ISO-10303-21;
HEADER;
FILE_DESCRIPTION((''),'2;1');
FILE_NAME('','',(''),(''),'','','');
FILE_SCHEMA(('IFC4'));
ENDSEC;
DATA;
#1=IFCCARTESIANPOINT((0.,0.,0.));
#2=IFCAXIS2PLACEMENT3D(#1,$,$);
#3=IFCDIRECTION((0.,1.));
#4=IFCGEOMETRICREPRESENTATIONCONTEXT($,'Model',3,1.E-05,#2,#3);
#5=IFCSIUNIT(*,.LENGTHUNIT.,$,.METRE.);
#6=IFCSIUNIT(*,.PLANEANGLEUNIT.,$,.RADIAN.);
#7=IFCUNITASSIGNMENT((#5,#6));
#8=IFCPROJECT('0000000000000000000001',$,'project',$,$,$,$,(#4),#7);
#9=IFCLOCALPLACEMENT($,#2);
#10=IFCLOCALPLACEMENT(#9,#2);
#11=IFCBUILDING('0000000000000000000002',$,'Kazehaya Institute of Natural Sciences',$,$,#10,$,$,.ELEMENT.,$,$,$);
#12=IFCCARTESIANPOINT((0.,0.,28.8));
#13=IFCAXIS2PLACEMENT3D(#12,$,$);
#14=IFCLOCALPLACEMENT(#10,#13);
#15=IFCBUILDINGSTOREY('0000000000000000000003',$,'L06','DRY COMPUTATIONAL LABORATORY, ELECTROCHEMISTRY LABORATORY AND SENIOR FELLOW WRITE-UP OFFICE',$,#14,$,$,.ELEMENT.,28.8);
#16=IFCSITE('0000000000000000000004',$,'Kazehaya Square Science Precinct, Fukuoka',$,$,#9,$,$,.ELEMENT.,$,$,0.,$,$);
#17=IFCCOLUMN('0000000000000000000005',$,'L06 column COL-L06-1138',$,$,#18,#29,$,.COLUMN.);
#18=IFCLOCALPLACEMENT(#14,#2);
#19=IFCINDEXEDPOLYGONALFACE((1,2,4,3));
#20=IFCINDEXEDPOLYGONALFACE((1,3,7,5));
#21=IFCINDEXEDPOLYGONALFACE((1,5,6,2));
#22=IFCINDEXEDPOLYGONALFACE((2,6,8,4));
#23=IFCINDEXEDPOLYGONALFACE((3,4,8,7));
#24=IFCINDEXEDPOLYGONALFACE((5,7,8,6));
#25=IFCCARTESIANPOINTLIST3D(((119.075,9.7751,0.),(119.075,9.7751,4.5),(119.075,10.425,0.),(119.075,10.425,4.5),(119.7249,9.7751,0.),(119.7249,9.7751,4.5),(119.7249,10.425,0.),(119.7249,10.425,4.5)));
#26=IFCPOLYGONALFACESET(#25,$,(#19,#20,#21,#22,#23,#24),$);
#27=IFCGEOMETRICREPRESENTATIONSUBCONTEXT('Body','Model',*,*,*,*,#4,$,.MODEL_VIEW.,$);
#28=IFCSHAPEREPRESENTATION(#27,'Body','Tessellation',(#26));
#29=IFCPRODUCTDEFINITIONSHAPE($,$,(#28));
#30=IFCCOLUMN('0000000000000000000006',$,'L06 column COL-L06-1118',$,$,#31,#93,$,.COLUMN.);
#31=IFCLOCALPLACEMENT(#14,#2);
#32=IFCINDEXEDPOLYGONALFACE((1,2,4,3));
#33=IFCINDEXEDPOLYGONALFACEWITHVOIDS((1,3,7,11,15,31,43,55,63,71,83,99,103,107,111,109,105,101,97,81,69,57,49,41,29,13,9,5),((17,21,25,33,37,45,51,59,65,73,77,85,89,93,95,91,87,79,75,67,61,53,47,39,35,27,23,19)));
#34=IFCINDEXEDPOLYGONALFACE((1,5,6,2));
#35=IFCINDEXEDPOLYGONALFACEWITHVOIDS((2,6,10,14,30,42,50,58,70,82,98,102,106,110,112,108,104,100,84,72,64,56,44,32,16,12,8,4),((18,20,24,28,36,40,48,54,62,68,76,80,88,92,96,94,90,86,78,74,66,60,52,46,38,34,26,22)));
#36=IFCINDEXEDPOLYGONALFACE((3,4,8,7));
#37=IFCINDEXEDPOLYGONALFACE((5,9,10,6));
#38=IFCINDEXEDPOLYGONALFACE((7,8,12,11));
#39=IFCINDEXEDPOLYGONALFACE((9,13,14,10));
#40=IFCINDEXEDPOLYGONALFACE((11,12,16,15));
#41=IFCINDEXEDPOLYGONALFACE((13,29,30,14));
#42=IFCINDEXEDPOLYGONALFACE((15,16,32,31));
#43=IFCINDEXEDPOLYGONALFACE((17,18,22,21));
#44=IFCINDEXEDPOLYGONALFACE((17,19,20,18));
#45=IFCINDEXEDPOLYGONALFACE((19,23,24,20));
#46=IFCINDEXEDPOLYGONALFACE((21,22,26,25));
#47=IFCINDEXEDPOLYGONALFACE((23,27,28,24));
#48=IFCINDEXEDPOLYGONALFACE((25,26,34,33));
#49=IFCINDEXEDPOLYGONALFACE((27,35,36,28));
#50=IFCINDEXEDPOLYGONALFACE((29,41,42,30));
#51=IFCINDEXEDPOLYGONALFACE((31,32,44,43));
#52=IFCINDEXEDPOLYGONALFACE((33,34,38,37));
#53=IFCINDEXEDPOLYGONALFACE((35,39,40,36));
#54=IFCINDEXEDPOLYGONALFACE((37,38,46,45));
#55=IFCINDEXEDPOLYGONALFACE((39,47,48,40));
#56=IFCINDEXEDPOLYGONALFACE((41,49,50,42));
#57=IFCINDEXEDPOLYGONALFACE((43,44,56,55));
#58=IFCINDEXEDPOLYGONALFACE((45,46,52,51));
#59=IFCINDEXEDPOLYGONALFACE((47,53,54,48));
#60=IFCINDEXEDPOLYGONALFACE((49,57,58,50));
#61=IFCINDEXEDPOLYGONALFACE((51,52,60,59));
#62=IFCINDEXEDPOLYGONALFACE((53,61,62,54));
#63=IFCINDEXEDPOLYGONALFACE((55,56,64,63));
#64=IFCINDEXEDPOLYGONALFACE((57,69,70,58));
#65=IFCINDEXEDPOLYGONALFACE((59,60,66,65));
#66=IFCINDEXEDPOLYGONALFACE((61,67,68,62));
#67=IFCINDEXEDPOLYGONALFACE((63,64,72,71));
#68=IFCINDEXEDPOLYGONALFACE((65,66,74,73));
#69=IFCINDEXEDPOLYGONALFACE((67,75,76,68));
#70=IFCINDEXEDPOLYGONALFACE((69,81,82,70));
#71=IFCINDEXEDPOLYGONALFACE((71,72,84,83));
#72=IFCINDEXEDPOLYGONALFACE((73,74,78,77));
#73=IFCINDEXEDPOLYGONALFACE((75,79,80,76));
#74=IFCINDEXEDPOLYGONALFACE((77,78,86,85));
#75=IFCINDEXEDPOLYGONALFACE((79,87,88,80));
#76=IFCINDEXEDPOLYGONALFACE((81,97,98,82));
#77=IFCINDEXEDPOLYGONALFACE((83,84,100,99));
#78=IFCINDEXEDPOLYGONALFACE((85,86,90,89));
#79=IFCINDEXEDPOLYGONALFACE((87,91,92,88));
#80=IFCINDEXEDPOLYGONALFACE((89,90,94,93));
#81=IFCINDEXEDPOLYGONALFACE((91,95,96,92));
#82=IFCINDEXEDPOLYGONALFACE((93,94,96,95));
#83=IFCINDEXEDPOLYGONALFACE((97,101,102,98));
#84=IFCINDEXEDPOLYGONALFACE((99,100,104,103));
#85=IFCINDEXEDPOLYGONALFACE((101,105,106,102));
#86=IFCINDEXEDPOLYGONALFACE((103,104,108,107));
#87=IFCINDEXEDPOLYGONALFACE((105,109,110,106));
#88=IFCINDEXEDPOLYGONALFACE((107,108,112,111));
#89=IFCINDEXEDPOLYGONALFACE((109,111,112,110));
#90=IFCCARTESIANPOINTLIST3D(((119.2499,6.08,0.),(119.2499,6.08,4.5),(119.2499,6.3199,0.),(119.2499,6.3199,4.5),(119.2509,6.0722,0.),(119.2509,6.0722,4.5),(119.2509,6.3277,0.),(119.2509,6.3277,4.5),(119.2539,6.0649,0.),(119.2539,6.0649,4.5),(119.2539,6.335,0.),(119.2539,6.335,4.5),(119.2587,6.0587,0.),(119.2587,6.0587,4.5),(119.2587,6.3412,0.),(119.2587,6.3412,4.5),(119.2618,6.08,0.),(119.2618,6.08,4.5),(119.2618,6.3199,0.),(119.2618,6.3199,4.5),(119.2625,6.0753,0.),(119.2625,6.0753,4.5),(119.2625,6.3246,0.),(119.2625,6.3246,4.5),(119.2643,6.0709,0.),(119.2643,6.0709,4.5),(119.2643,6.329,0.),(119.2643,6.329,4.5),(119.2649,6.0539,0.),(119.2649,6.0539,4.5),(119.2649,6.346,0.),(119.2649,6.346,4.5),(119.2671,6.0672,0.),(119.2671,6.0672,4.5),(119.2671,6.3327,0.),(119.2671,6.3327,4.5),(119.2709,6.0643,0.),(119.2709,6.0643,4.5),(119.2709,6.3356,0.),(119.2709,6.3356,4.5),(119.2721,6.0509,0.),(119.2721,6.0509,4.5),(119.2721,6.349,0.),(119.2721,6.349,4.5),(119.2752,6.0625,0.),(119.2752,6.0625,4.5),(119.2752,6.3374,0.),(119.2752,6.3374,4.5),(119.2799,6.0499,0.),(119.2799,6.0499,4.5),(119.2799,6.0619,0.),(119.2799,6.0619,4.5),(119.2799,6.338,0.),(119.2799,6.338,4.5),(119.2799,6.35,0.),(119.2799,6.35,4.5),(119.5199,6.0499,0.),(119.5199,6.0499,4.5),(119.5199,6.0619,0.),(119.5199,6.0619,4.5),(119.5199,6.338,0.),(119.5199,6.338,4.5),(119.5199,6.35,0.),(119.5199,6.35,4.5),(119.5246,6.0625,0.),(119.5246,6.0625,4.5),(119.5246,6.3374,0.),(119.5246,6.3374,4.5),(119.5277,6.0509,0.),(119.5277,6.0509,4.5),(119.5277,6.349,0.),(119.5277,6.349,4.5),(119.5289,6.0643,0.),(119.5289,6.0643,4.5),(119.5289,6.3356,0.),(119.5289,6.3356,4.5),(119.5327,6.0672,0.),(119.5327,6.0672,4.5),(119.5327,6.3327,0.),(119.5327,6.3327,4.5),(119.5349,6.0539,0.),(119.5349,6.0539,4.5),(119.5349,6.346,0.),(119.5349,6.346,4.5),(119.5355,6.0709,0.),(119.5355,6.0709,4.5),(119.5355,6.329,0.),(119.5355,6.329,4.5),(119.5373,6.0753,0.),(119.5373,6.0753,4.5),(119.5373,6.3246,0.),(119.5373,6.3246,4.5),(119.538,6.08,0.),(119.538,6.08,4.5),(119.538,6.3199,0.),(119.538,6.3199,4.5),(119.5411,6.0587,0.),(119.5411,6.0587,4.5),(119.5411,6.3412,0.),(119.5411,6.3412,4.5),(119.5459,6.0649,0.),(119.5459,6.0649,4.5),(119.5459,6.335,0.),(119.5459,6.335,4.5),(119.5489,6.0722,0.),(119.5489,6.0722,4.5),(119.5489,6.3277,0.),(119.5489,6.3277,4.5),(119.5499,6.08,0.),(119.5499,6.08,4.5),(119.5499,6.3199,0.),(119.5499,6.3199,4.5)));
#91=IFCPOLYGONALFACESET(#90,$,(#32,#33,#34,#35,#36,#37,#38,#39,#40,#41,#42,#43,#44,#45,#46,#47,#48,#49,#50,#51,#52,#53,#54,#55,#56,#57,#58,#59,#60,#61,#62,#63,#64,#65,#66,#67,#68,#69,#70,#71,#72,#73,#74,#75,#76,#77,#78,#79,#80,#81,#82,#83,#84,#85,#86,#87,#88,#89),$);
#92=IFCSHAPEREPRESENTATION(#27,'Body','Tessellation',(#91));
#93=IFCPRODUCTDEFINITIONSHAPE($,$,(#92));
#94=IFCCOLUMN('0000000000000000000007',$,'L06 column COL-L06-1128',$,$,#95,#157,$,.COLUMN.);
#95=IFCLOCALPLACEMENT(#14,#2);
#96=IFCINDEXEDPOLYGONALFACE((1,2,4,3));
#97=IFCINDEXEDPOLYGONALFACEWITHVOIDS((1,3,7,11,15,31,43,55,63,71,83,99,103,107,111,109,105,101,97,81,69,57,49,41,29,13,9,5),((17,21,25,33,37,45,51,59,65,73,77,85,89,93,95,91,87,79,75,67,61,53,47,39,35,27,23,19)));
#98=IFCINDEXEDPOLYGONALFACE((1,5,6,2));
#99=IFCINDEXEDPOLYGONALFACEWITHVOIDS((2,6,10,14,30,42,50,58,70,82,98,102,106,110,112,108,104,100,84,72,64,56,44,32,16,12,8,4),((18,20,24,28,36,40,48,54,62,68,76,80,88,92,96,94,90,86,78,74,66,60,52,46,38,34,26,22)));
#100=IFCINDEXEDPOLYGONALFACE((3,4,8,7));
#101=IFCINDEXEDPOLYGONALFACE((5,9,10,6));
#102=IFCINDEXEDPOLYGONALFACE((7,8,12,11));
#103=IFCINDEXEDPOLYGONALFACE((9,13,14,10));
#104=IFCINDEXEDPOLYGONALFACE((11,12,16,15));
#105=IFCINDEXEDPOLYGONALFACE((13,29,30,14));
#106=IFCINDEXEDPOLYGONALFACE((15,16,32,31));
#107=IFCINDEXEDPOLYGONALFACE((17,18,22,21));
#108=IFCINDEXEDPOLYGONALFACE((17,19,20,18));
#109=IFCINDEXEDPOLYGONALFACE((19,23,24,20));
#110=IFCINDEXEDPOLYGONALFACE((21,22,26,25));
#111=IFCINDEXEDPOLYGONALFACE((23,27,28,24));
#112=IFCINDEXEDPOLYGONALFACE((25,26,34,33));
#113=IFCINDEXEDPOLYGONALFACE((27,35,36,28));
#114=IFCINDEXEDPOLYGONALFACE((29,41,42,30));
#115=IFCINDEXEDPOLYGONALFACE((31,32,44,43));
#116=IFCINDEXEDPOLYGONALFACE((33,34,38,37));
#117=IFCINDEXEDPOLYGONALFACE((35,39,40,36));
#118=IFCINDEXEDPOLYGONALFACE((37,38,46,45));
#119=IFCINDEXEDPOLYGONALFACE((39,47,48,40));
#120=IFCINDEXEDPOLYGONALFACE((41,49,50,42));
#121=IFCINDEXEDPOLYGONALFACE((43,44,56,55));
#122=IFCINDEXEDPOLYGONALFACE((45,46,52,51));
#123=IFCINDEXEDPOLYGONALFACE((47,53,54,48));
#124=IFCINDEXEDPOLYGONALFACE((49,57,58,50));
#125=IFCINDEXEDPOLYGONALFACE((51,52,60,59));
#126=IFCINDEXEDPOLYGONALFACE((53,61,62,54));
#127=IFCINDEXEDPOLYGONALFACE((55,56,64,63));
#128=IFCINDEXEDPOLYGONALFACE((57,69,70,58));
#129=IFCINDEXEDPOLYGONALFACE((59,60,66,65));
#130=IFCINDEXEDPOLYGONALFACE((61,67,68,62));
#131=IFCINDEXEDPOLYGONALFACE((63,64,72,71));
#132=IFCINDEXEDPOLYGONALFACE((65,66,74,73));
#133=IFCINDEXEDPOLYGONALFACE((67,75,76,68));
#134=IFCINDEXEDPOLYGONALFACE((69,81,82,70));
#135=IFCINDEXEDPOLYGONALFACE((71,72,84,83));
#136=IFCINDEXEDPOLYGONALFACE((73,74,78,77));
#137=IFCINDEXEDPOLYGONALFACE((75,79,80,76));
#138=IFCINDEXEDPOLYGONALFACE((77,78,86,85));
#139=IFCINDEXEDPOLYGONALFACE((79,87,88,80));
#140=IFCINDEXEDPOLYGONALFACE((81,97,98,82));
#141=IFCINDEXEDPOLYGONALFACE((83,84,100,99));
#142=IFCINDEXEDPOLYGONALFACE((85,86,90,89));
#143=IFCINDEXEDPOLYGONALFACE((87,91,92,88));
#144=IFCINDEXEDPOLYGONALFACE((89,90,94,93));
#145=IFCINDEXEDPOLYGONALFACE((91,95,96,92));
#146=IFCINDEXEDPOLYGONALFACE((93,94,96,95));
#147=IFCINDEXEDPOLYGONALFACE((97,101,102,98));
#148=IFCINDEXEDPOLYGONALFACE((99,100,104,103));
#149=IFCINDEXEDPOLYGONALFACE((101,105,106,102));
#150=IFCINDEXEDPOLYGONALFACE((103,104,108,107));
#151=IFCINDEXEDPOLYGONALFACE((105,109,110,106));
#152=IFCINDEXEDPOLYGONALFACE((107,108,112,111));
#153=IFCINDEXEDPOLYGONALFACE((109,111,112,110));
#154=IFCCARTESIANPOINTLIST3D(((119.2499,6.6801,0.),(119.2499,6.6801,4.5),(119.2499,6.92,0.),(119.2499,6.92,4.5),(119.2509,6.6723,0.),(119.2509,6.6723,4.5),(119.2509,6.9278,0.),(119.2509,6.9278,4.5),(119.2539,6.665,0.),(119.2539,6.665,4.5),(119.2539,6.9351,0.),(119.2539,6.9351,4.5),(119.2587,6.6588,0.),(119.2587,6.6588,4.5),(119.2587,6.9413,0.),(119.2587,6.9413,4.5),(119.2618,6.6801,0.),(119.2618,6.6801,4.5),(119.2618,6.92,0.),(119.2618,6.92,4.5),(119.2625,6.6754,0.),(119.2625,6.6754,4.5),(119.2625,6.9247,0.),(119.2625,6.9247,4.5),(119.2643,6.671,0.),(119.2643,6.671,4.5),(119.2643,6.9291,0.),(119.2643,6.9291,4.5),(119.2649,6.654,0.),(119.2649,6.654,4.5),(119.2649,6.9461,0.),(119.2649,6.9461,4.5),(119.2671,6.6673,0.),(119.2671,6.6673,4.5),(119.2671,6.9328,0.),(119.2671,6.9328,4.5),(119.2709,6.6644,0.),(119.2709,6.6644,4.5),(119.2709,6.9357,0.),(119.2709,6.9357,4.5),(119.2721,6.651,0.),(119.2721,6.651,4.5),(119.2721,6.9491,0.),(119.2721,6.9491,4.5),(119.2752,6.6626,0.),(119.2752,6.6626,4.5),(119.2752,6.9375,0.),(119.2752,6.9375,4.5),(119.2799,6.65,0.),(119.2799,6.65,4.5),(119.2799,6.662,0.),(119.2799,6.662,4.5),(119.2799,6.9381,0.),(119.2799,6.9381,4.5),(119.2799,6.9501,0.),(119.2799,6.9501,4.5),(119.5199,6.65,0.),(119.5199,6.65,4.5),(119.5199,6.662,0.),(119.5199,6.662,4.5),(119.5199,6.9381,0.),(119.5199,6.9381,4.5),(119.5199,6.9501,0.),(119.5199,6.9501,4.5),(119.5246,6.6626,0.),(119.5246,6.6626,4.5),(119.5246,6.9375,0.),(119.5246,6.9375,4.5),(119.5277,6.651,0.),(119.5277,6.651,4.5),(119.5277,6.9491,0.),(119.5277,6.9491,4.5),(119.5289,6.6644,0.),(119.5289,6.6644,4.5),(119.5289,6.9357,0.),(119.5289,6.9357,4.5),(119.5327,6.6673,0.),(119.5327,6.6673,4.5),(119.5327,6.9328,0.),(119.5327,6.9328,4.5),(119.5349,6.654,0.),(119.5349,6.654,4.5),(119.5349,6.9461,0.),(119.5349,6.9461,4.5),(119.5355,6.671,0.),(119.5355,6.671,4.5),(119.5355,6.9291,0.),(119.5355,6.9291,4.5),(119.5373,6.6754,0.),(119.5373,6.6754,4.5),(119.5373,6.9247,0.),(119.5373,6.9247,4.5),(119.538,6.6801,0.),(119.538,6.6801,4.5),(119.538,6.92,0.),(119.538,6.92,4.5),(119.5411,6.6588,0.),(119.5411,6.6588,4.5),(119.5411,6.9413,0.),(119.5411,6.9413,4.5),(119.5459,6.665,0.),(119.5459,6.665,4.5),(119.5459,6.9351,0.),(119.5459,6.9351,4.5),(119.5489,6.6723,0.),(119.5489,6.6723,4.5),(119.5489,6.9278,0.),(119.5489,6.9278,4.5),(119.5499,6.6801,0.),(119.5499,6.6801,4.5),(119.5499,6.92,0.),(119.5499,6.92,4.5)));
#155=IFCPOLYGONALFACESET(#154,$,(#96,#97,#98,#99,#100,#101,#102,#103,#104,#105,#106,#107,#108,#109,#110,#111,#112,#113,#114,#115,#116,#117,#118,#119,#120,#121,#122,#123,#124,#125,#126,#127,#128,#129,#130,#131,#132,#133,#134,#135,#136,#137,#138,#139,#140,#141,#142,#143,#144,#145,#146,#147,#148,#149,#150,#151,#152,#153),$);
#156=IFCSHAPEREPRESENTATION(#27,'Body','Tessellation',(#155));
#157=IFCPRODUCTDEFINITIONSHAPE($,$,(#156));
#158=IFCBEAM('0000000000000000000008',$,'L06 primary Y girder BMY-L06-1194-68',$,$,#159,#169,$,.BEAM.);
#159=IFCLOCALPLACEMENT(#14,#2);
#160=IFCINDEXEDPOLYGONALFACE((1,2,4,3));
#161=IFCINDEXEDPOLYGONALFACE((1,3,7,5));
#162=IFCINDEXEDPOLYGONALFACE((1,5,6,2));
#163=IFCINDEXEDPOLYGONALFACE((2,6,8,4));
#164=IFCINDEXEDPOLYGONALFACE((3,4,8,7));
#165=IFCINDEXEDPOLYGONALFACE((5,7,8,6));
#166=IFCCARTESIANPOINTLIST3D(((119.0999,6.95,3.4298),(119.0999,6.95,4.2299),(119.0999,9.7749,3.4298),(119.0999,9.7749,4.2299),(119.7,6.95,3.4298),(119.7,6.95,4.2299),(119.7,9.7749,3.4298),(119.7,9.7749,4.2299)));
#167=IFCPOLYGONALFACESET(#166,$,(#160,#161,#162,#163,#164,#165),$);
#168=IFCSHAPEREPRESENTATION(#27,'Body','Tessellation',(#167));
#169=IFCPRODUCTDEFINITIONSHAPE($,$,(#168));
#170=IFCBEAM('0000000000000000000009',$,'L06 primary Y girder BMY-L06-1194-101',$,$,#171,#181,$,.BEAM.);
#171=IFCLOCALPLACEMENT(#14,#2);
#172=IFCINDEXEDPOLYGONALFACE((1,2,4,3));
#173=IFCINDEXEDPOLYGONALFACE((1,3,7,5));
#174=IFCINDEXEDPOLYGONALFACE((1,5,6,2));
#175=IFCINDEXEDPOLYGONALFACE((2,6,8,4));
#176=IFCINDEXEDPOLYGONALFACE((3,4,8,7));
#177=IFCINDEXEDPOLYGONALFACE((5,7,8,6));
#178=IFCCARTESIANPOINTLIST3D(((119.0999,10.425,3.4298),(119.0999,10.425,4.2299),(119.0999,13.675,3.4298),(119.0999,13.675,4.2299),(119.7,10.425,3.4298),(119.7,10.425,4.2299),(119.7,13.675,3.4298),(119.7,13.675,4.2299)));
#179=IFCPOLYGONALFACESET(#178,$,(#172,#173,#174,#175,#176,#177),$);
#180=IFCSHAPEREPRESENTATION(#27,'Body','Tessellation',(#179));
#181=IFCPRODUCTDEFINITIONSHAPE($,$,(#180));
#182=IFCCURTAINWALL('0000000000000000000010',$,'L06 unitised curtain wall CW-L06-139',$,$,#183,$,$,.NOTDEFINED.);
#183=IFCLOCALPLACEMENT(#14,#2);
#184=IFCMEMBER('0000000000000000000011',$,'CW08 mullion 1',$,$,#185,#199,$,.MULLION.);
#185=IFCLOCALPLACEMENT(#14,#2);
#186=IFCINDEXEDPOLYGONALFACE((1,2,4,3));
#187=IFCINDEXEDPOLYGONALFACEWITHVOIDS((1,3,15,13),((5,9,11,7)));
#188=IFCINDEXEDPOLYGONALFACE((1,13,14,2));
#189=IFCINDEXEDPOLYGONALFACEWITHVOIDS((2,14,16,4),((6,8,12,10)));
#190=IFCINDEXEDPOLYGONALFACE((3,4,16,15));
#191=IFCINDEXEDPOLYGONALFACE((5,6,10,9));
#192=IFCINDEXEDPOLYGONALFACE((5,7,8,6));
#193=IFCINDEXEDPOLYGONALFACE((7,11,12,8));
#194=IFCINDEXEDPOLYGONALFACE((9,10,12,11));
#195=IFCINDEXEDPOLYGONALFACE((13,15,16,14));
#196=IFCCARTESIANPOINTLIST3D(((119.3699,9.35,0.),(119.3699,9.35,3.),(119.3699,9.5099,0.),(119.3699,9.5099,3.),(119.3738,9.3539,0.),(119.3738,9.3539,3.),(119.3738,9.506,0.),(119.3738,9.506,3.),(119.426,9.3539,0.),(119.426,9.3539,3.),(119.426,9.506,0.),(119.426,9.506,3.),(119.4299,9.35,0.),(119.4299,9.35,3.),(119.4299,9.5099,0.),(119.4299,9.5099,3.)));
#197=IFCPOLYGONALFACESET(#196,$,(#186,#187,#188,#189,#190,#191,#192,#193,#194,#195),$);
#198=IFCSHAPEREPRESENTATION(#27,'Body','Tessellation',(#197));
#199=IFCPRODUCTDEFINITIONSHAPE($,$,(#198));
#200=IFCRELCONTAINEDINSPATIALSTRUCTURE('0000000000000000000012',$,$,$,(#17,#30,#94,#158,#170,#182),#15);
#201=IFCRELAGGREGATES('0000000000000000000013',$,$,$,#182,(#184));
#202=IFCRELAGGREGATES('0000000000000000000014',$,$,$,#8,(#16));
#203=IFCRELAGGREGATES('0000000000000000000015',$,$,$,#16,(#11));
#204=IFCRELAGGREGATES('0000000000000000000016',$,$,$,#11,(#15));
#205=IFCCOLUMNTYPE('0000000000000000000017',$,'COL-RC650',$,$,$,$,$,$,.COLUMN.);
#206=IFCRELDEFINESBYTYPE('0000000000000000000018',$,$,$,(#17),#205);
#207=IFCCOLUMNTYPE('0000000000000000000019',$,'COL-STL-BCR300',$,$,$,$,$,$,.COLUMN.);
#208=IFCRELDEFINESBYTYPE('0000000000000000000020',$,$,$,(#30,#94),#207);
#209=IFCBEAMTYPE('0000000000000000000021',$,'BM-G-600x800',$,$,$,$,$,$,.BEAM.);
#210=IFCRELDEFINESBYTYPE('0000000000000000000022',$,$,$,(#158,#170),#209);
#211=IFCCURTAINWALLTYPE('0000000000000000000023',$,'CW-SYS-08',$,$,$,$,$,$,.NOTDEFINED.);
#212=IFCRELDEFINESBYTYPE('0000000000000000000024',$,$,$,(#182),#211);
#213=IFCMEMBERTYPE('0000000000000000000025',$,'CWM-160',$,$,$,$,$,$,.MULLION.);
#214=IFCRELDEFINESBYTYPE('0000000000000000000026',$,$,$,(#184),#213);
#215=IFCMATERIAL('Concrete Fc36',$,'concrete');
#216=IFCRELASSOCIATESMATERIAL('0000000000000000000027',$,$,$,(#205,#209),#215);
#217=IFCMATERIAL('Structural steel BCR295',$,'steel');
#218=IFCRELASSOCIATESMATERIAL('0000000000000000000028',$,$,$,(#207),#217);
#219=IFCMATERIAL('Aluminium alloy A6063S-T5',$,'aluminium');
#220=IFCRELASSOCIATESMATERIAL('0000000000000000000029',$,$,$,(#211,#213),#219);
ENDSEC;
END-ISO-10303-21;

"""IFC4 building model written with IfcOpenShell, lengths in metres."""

from ifc_helpers import new_model, si_unit, direction, frame, origin, origin_2d, place, context, subcontext, project, spatial, rectangle, hollow_rectangle, extrude, material, material_profile, profile_set, type_object, element, aggregate, save


model = new_model("IFC4")

# Units and contexts
model_context = context("Model", 3, precision=1e-05, world=origin(), true_north=direction((0.0, 1.0)))
body_context = subcontext(model_context, "Body", "Model", "MODEL_VIEW")
ifc_project = project(units=[si_unit("LENGTHUNIT", "METRE"), si_unit("PLANEANGLEUNIT", "RADIAN")], contexts=[model_context])

# Site, building, storey
site_placement = place(None, origin())
site = spatial("IfcSite", under=ifc_project, at=site_placement, Name="Kazehaya Square Science Precinct, Fukuoka", CompositionType="ELEMENT", RefElevation=0.0)
building_placement = place(site_placement, origin())
building = spatial("IfcBuilding", under=site, at=building_placement, Name="Kazehaya Institute of Natural Sciences", CompositionType="ELEMENT")
storey_placement = place(building_placement, frame((0.0, 0.0, 28.8)))
storey = spatial("IfcBuildingStorey", under=building, at=storey_placement, Name="L06", Description="DRY COMPUTATIONAL LABORATORY, ELECTROCHEMISTRY LABORATORY AND SENIOR FELLOW WRITE-UP OFFICE", CompositionType="ELEMENT", Elevation=28.8)

# Columns
ifc_material_1 = material(Name="Concrete Fc36", Category="concrete")
ifc_material_profile_1 = material_profile(ifc_material_1, rectangle(XDim=0.6499, YDim=0.6499, at=origin_2d()), Name="RC-650x650")
ifc_profile_set_1 = profile_set([ifc_material_profile_1], Name="Concrete Fc36")
column_type_1 = type_object("IfcColumnType", Name="COL-RC650", PredefinedType="COLUMN", material=ifc_profile_set_1)
column_placement = place(storey_placement, frame((119.3999, 10.1001, 0.0), z_axis=(0.0, 0.0, 1.0), x_axis=(1.0, 0.0, 0.0)))
element("IfcColumn", 1, at=column_placement, inside=storey, type_object=column_type_1, Name="L06 column COL-L06-1138", PredefinedType="COLUMN", context=body_context, shape_type="SweptSolid", body=[
    extrude(rectangle(XDim=0.6499, YDim=0.6499, at=origin_2d()), origin(), (0.0, 0.0, 1.0), 4.5),
])
ifc_material_2 = material(Name="Structural steel BCR295", Category="steel")
ifc_material_profile_2 = material_profile(ifc_material_2, hollow_rectangle(XDim=0.3, YDim=0.3, WallThickness=0.012, InnerFilletRadius=0.0181, OuterFilletRadius=0.03, at=origin_2d()), Name="BCR-300x300x12")
ifc_profile_set_2 = profile_set([ifc_material_profile_2], Name="Structural steel BCR295")
column_type_2 = type_object("IfcColumnType", Name="COL-STL-BCR300", PredefinedType="COLUMN", material=ifc_profile_set_2)
for number, where, z_axis, x_axis, name in (
    (2, (119.3999, 6.2, 0.0), (0.0, 0.0, 1.0), (1.0, 0.0, 0.0), "L06 column COL-L06-1118"),
    (3, (119.3999, 6.8, 0.0), (0.0, 0.0, 1.0), (1.0, 0.0, 0.0), "L06 column COL-L06-1128"),
):
    element("IfcColumn", number, at=place(storey_placement, frame(where, z_axis=z_axis, x_axis=x_axis)), inside=storey, type_object=column_type_2, Name=name, PredefinedType="COLUMN", context=body_context, shape_type="SweptSolid", body=[
        extrude(hollow_rectangle(XDim=0.3, YDim=0.3, WallThickness=0.012, InnerFilletRadius=0.0181, OuterFilletRadius=0.03, at=origin_2d()), origin(), (0.0, 0.0, 1.0), 4.5),
    ])

# Beams
ifc_material_profile_3 = material_profile(ifc_material_1, rectangle(XDim=0.6001, YDim=0.8, at=origin_2d()), Name="RC-600x800")
ifc_profile_set_3 = profile_set([ifc_material_profile_3], Name="Concrete Fc36")
beam_type = type_object("IfcBeamType", Name="BM-G-600x800", PredefinedType="BEAM", material=ifc_profile_set_3)
beam_1_placement = place(storey_placement, frame((119.3999, 6.95, 3.8298), z_axis=(0.0, 1.0, 0.0), x_axis=(-1.0, 0.0, 0.0)))
element("IfcBeam", 4, at=beam_1_placement, inside=storey, type_object=beam_type, Name="L06 primary Y girder BMY-L06-1194-68", PredefinedType="BEAM", context=body_context, shape_type="SweptSolid", body=[
    extrude(rectangle(XDim=0.6001, YDim=0.8, at=origin_2d()), origin(), (0.0, 0.0, 1.0), 2.825),
])
beam_2_placement = place(storey_placement, frame((119.3999, 10.425, 3.8298), z_axis=(0.0, 1.0, 0.0), x_axis=(-1.0, 0.0, 0.0)))
element("IfcBeam", 5, at=beam_2_placement, inside=storey, type_object=beam_type, Name="L06 primary Y girder BMY-L06-1194-101", PredefinedType="BEAM", context=body_context, shape_type="SweptSolid", body=[
    extrude(rectangle(XDim=0.6001, YDim=0.8, at=origin_2d()), origin(), (0.0, 0.0, 1.0), 3.25),
])

# Curtain wall, member
ifc_material_3 = material(Name="Aluminium alloy A6063S-T5", Category="aluminium")
curtain_wall_type_1 = type_object("IfcCurtainWallType", Name="CW-SYS-08", PredefinedType="NOTDEFINED", material=ifc_material_3)
curtain_wall_1_placement = place(storey_placement, origin())
curtain_wall_1 = element("IfcCurtainWall", 6, at=curtain_wall_1_placement, inside=storey, type_object=curtain_wall_type_1, Name="L06 unitised curtain wall CW-L06-139", PredefinedType="NOTDEFINED")
ifc_material_profile_4 = material_profile(ifc_material_3, hollow_rectangle(XDim=0.0601, YDim=0.1599, WallThickness=0.0039, at=origin_2d()), Name="ALU-60x160x4")
ifc_profile_set_4 = profile_set([ifc_material_profile_4], Name="Aluminium alloy A6063S-T5")
member_type_1 = type_object("IfcMemberType", Name="CWM-160", PredefinedType="MULLION", material=ifc_profile_set_4)
member_1_placement = place(storey_placement, frame((119.3999, 9.4299, 0.0), z_axis=(0.0, 0.0, 1.0), x_axis=(1.0, 0.0, 0.0)))
member_1 = element("IfcMember", 7, at=member_1_placement, type_object=member_type_1, Name="CW08 mullion 1", PredefinedType="MULLION", context=body_context, shape_type="SweptSolid", body=[
    extrude(hollow_rectangle(XDim=0.0601, YDim=0.1599, WallThickness=0.0039, at=origin_2d()), origin(), (0.0, 0.0, 1.0), 3.0),
])

aggregate(curtain_wall_1, [member_1])

save(model, "model.ifc")
